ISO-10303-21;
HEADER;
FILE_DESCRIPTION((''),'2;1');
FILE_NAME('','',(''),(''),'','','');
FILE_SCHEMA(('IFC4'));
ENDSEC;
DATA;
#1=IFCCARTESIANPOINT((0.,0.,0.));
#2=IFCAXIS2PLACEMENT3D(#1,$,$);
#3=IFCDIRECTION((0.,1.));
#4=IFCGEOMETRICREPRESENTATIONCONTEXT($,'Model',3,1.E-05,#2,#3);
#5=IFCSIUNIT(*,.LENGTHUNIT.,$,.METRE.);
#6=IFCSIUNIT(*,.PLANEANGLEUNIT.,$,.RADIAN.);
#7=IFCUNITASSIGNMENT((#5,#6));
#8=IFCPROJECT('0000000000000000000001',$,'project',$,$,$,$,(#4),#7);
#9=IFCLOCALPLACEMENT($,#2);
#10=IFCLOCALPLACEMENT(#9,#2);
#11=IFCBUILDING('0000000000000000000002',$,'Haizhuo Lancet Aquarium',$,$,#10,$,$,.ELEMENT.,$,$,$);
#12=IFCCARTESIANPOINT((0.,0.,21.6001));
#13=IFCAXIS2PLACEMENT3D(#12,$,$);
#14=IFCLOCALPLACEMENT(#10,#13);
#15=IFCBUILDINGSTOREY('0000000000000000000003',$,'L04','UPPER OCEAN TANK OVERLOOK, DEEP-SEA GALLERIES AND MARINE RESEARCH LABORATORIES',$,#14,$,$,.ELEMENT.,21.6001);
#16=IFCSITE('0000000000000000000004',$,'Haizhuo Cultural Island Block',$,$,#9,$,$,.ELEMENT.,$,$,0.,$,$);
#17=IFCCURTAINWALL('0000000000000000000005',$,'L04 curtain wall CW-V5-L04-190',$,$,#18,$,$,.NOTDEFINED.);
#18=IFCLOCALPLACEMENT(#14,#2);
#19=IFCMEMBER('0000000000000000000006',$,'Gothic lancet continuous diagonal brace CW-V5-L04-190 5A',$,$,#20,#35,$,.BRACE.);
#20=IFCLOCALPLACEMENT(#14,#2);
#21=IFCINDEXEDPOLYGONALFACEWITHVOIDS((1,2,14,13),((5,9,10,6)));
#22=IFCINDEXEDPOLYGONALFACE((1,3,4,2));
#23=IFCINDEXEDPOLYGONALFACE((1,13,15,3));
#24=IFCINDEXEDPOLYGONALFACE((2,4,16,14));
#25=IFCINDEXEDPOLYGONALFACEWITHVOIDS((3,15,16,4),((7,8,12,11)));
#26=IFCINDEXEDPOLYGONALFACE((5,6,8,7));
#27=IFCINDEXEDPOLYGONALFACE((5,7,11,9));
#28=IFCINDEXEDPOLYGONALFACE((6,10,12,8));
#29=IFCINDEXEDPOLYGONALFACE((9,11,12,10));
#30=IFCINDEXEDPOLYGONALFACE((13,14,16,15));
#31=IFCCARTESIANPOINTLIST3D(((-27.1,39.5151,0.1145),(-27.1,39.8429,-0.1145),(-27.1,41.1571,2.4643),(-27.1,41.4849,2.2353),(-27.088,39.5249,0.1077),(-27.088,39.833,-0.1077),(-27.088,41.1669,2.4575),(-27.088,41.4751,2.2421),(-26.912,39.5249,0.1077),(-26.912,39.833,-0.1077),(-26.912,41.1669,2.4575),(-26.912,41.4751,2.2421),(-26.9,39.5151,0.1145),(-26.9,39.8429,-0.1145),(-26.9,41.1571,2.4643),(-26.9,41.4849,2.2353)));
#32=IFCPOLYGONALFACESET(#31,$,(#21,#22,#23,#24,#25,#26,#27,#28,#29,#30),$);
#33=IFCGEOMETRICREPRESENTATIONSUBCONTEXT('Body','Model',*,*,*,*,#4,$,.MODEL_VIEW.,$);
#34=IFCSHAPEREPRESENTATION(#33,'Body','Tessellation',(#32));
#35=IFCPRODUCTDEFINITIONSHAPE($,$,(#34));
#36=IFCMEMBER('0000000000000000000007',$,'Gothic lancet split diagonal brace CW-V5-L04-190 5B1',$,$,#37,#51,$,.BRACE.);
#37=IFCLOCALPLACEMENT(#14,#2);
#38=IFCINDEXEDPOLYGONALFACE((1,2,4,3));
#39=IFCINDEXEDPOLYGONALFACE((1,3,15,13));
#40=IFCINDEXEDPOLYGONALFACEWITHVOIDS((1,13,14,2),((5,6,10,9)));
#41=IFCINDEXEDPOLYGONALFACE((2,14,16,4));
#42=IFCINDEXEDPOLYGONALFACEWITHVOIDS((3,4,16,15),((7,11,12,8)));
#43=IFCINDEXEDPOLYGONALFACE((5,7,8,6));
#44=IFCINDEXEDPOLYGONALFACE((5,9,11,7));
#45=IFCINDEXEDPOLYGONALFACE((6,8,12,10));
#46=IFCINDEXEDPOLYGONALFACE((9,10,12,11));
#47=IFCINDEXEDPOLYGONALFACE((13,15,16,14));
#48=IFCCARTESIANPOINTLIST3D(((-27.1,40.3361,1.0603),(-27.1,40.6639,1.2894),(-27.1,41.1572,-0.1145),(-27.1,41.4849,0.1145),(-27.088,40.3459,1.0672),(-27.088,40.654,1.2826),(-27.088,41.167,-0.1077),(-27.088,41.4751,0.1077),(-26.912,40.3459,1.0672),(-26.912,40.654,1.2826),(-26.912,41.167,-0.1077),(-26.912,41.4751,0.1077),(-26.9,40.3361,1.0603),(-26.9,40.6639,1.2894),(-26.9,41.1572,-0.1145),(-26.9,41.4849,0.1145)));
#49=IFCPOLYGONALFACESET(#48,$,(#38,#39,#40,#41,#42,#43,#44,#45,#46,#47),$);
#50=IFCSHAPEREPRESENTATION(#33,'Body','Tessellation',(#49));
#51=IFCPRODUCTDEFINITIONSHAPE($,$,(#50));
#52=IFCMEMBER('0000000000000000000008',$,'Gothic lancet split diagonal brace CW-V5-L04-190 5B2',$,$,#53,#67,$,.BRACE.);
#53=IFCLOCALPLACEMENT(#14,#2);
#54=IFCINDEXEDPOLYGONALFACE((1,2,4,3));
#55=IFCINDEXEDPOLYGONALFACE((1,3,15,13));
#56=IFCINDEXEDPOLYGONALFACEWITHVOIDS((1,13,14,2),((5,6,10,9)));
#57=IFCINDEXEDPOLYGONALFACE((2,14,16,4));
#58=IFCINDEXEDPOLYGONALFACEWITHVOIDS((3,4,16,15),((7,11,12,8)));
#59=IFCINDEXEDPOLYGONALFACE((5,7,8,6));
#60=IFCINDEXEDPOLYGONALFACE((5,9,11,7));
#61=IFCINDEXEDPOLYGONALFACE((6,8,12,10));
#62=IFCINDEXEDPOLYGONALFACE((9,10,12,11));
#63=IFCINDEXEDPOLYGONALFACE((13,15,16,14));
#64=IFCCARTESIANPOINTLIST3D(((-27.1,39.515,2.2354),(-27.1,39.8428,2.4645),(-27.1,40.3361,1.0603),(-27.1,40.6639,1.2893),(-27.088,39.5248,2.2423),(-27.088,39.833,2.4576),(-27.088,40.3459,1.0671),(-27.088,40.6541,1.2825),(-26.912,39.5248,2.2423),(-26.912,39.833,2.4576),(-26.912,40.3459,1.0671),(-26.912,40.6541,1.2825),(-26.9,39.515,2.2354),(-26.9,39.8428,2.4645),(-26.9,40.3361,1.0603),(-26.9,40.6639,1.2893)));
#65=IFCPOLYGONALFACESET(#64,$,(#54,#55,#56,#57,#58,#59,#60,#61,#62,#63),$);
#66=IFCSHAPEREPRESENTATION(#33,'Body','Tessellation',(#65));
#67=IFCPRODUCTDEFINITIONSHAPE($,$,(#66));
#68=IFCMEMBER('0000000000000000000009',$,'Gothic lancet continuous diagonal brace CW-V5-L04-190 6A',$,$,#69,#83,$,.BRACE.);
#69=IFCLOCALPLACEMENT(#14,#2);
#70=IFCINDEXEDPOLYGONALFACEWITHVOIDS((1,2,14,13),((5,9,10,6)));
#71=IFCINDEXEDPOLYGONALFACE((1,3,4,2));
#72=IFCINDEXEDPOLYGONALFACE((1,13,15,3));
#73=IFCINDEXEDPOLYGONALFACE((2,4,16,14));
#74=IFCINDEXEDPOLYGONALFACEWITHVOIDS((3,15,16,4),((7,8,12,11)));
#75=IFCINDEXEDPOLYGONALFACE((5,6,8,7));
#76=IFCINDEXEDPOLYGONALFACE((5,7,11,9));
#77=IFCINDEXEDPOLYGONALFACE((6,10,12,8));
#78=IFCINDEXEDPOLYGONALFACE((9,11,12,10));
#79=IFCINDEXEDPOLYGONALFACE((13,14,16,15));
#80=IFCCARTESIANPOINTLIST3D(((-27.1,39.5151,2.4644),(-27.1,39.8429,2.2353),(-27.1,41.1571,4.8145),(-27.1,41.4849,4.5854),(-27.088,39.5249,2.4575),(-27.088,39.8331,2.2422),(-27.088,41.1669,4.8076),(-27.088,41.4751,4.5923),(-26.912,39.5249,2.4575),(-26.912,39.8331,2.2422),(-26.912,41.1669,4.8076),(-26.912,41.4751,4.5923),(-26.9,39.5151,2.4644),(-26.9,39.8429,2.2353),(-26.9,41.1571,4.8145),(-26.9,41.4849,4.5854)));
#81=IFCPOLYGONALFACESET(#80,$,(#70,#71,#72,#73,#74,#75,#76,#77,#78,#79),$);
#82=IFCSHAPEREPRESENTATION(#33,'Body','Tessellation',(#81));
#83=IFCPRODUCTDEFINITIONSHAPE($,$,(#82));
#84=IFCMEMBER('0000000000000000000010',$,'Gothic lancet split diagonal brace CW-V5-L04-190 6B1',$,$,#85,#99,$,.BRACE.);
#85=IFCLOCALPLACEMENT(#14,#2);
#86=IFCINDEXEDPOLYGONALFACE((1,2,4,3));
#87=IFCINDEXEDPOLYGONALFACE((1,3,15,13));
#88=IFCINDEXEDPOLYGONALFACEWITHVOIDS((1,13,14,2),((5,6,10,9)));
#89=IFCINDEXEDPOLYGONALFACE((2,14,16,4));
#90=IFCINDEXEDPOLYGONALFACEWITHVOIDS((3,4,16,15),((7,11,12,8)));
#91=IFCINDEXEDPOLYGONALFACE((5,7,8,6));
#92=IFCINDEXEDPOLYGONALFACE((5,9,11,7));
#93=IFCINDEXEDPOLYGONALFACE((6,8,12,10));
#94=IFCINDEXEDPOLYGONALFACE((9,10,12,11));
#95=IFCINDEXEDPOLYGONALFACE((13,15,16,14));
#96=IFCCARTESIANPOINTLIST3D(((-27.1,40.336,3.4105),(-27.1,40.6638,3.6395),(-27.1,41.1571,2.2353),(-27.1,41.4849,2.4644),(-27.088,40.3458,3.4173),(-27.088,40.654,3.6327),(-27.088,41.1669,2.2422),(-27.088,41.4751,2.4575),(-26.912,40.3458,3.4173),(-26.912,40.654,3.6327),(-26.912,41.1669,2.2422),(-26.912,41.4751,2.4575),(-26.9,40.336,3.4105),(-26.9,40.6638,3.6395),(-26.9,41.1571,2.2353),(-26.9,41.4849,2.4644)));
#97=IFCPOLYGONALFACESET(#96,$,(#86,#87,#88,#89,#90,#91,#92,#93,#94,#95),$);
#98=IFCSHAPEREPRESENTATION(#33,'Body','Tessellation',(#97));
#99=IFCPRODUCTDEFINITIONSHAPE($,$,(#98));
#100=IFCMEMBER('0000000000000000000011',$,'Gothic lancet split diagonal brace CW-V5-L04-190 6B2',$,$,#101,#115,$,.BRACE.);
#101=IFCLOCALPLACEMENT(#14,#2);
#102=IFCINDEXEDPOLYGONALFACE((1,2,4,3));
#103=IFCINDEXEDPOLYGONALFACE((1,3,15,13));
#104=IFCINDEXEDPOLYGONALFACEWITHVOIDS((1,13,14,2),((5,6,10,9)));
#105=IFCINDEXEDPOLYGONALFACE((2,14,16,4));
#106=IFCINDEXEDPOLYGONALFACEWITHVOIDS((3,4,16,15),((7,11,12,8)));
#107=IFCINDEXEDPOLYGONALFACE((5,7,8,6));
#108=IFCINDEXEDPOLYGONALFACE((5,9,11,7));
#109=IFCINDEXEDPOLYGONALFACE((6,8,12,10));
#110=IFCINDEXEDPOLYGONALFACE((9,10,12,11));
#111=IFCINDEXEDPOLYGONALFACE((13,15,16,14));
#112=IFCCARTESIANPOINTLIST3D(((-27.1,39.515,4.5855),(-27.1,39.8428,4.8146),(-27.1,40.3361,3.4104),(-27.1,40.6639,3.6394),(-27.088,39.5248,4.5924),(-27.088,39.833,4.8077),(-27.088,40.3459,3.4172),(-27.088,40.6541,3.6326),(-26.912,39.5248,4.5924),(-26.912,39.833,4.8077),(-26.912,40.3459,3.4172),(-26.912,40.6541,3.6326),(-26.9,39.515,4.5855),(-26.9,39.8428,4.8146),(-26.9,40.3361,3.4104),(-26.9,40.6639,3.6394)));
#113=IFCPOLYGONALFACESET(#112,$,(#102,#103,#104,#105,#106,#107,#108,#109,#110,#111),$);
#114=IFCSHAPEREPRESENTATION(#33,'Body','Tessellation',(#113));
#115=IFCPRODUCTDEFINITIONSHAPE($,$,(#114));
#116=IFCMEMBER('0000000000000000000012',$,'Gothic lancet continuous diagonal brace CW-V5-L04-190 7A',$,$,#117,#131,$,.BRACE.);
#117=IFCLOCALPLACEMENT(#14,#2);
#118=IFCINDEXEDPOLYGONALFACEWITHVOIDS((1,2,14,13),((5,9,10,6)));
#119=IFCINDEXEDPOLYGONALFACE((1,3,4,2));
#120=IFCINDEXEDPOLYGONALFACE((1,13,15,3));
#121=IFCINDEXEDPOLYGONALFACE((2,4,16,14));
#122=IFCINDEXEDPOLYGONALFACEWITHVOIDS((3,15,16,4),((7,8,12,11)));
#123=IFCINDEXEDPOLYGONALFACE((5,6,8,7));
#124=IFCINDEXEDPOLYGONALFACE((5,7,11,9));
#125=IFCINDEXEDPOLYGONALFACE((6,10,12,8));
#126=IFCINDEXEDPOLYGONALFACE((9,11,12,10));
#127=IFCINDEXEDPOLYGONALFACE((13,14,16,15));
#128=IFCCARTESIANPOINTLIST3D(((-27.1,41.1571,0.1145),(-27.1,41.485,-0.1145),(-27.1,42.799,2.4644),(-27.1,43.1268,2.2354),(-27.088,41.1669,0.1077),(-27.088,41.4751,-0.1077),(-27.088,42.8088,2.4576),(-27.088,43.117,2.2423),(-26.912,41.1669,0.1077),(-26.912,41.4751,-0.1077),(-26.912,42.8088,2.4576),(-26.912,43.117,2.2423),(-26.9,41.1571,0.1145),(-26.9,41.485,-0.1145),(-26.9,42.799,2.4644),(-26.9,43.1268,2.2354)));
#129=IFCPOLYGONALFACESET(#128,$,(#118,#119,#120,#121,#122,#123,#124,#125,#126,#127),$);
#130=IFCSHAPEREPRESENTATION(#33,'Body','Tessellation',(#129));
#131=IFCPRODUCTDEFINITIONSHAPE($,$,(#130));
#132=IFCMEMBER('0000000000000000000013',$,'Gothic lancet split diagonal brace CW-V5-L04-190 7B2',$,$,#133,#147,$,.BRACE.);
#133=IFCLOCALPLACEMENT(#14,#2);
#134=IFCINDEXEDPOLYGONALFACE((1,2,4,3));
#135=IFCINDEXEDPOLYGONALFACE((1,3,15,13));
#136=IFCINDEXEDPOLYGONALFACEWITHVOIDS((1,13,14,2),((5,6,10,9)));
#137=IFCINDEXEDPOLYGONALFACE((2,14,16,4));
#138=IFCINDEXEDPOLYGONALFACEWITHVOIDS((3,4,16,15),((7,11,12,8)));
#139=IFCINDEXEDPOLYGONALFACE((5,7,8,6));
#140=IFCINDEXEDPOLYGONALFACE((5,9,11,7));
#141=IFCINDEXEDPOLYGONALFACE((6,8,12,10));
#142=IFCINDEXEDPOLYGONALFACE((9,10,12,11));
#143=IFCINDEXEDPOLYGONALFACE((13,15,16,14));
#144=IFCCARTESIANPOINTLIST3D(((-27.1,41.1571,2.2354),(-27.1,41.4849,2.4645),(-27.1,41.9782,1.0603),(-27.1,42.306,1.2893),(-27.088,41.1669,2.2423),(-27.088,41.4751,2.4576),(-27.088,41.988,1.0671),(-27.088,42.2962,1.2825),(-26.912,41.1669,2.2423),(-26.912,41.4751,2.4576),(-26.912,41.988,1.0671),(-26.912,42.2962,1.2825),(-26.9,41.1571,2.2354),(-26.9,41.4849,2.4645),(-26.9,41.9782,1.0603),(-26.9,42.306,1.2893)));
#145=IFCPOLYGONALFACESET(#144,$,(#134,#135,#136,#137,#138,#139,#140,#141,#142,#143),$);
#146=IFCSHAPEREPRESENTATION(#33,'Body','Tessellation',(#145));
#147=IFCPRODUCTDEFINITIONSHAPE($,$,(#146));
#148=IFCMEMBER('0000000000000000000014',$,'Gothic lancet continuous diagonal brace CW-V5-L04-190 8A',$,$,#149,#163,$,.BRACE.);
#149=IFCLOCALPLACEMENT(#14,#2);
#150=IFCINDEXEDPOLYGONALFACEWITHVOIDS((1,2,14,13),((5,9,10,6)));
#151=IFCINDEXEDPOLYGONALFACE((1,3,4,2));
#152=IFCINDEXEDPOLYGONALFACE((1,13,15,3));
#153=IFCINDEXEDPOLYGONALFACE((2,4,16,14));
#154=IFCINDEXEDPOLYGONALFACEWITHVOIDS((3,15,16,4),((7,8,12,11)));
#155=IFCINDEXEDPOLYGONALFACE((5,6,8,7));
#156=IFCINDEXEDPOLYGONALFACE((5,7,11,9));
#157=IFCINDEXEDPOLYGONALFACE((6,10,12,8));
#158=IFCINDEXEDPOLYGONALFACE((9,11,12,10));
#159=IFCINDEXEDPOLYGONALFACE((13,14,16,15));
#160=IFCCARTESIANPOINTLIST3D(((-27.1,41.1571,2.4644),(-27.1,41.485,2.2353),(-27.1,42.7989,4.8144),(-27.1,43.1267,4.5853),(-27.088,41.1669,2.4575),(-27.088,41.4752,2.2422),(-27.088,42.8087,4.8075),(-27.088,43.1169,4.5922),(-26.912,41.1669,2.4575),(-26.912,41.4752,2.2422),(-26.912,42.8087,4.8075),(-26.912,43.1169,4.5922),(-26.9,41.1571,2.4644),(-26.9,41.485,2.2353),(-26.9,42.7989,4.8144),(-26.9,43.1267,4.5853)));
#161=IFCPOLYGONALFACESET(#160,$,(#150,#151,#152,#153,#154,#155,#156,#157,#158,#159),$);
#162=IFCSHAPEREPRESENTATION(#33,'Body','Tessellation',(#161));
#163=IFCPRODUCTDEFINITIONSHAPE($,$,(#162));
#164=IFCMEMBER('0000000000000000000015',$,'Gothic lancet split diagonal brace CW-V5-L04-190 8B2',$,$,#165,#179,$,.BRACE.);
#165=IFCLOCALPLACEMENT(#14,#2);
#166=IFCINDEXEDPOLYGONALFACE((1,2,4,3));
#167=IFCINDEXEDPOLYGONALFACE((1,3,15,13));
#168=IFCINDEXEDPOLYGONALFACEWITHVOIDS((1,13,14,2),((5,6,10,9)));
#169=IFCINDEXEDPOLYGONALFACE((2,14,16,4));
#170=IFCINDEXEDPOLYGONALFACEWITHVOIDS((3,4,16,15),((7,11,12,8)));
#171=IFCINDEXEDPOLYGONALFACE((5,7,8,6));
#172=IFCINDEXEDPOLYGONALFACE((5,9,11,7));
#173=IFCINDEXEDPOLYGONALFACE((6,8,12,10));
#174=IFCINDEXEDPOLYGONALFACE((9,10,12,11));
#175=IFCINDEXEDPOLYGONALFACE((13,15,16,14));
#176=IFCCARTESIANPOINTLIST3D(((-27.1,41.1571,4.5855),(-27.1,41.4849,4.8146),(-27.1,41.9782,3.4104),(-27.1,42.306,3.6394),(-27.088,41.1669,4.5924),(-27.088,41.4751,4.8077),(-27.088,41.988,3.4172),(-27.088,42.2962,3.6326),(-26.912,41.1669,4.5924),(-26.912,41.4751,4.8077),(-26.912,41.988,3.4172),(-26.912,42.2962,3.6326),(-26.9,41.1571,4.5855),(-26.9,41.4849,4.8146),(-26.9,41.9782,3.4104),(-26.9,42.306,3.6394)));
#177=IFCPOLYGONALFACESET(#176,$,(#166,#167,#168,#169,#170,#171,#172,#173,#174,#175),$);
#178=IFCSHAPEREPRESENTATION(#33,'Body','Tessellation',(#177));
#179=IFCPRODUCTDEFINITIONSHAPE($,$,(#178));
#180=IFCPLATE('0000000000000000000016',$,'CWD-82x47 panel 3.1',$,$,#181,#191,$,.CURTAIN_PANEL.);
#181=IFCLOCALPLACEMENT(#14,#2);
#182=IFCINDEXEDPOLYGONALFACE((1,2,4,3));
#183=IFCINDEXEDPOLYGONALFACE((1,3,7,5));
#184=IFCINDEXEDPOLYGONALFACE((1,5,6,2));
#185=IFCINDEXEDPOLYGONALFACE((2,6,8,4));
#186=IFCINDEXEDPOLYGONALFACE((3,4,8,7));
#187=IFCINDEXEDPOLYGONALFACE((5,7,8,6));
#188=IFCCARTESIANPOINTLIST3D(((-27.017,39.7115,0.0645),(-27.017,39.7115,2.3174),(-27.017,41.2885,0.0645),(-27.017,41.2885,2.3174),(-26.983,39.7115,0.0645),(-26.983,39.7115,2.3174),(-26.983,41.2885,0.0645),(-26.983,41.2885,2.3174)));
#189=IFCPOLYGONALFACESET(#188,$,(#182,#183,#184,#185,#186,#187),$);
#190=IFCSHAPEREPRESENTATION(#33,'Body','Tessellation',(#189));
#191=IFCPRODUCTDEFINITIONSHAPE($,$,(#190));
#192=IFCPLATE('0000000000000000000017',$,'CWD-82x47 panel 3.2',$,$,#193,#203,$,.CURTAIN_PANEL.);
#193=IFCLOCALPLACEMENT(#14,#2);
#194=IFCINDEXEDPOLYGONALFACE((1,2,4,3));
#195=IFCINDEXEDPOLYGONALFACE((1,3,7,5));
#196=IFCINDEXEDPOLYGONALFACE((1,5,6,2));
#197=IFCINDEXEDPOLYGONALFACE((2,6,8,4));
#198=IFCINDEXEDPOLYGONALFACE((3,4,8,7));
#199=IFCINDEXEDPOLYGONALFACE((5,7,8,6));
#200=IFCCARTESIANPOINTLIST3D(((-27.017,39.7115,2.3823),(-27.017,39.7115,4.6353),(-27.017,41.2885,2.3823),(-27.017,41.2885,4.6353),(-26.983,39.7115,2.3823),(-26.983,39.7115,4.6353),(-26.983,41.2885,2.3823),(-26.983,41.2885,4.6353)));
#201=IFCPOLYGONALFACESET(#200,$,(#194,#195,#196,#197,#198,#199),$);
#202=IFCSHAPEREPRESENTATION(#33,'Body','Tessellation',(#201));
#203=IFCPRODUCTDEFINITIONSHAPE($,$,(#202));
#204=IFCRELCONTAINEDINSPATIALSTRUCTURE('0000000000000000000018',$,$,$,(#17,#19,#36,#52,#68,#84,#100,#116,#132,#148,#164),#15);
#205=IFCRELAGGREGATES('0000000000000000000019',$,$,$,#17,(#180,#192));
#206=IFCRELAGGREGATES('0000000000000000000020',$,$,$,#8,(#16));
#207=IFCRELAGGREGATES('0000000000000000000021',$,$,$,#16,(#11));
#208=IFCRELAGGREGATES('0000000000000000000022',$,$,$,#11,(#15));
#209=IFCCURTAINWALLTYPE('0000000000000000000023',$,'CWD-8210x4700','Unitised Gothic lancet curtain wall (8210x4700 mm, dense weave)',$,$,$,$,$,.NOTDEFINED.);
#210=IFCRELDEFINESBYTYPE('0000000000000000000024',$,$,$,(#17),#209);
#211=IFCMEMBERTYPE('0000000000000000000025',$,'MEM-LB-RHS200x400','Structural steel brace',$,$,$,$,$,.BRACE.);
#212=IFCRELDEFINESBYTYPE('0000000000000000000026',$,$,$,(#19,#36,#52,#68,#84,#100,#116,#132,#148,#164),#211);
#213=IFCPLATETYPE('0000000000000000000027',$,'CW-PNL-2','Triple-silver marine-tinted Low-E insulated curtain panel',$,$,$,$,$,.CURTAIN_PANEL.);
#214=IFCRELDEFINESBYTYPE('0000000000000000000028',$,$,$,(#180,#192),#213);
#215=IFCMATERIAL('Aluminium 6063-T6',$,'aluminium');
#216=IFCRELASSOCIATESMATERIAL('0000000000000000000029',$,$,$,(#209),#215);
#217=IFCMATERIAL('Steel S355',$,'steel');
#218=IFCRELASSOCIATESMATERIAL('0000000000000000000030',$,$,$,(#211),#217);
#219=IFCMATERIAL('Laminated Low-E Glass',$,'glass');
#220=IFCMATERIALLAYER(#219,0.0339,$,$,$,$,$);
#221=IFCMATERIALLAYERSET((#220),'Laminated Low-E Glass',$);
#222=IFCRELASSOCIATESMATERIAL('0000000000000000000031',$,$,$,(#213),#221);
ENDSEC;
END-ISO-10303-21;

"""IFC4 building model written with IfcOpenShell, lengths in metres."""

from ifc_helpers import new_model, si_unit, direction, frame, origin, origin_2d, place, context, subcontext, project, spatial, rectangle, hollow_rectangle, extrude, material, layer, layer_set, material_profile, profile_set, type_object, element, aggregate, save


model = new_model("IFC4")

# Units and contexts
model_context = context("Model", 3, precision=1e-05, world=origin(), true_north=direction((0.0, 1.0)))
body_context = subcontext(model_context, "Body", "Model", "MODEL_VIEW")
ifc_project = project(units=[si_unit("LENGTHUNIT", "METRE"), si_unit("PLANEANGLEUNIT", "RADIAN")], contexts=[model_context])

# Site, building, storey
site_placement = place(None, origin())
site = spatial("IfcSite", under=ifc_project, at=site_placement, Name="Haizhuo Cultural Island Block", CompositionType="ELEMENT", RefElevation=0.0)
building_placement = place(site_placement, origin())
building = spatial("IfcBuilding", under=site, at=building_placement, Name="Haizhuo Lancet Aquarium", CompositionType="ELEMENT")
storey_placement = place(building_placement, frame((0.0, 0.0, 21.6001)))
storey = spatial("IfcBuildingStorey", under=building, at=storey_placement, Name="L04", Description="UPPER OCEAN TANK OVERLOOK, DEEP-SEA GALLERIES AND MARINE RESEARCH LABORATORIES", CompositionType="ELEMENT", Elevation=21.6001)

# Curtain wall
ifc_material_1 = material(Name="Aluminium 6063-T6", Category="aluminium")
curtain_wall_type = type_object("IfcCurtainWallType", Name="CWD-8210x4700", Description="Unitised Gothic lancet curtain wall (8210x4700 mm, dense weave)", PredefinedType="NOTDEFINED", material=ifc_material_1)
curtain_wall_placement = place(storey_placement, origin())
curtain_wall = element("IfcCurtainWall", 1, at=curtain_wall_placement, inside=storey, type_object=curtain_wall_type, Name="L04 curtain wall CW-V5-L04-190", PredefinedType="NOTDEFINED")

# Members
ifc_material_2 = material(Name="Steel S355", Category="steel")
ifc_material_profile_1 = material_profile(ifc_material_2, hollow_rectangle(XDim=0.2, YDim=0.3999, WallThickness=0.012, at=origin_2d()), Name="RHS 200x400x12")
ifc_profile_set_1 = profile_set([ifc_material_profile_1], Name="Steel S355")
member_type_1 = type_object("IfcMemberType", Name="MEM-LB-RHS200x400", Description="Structural steel brace", PredefinedType="BRACE", material=ifc_profile_set_1)
member_1_placement = place(storey_placement, frame((-27.0, 39.679, 0.0), z_axis=(0.0, 0.572805, 0.819692), x_axis=(-1.0, 0.0, 0.0)))
element("IfcMember", 2, at=member_1_placement, inside=storey, type_object=member_type_1, Name="Gothic lancet continuous diagonal brace CW-V5-L04-190 5A", PredefinedType="BRACE", context=body_context, shape_type="SweptSolid", body=[
    extrude(hollow_rectangle(XDim=0.2, YDim=0.3999, WallThickness=0.012, at=origin_2d()), origin(), (0.0, 0.0, 1.0), 2.8667),
])
member_2_placement = place(storey_placement, frame((-27.0, 41.321, 0.0), z_axis=(0.0, -0.572845, 0.819664), x_axis=(1.0, 0.0, 0.0)))
element("IfcMember", 3, at=member_2_placement, inside=storey, type_object=member_type_1, Name="Gothic lancet split diagonal brace CW-V5-L04-190 5B1", PredefinedType="BRACE", context=body_context, shape_type="SweptSolid", body=[
    extrude(hollow_rectangle(XDim=0.2, YDim=0.3999, WallThickness=0.012, at=origin_2d()), origin(), (0.0, 0.0, 1.0), 1.4333),
])
member_3_placement = place(storey_placement, frame((-27.0, 40.5, 1.1748), z_axis=(0.0, -0.572765, 0.81972), x_axis=(1.0, 0.0, 0.0)))
element("IfcMember", 4, at=member_3_placement, inside=storey, type_object=member_type_1, Name="Gothic lancet split diagonal brace CW-V5-L04-190 5B2", PredefinedType="BRACE", context=body_context, shape_type="SweptSolid", body=[
    extrude(hollow_rectangle(XDim=0.2, YDim=0.3999, WallThickness=0.012, at=origin_2d()), origin(), (0.0, 0.0, 1.0), 1.4336),
])
member_4_placement = place(storey_placement, frame((-27.0, 39.679, 2.3499), z_axis=(0.0, 0.572765, 0.81972), x_axis=(-1.0, 0.0, 0.0)))
element("IfcMember", 5, at=member_4_placement, inside=storey, type_object=member_type_1, Name="Gothic lancet continuous diagonal brace CW-V5-L04-190 6A", PredefinedType="BRACE", context=body_context, shape_type="SweptSolid", body=[
    extrude(hollow_rectangle(XDim=0.2, YDim=0.3999, WallThickness=0.012, at=origin_2d()), origin(), (0.0, 0.0, 1.0), 2.8669),
])
for number, where, z_axis, x_axis, name in (
    (6, (-27.0, 41.321, 2.3499), (0.0, -0.572765, 0.81972), (1.0, 0.0, 0.0), "Gothic lancet split diagonal brace CW-V5-L04-190 6B1"),
    (7, (-27.0, 40.5, 3.5249), (0.0, -0.572765, 0.81972), (1.0, 0.0, 0.0), "Gothic lancet split diagonal brace CW-V5-L04-190 6B2"),
):
    element("IfcMember", number, at=place(storey_placement, frame(where, z_axis=z_axis, x_axis=x_axis)), inside=storey, type_object=member_type_1, Name=name, PredefinedType="BRACE", context=body_context, shape_type="SweptSolid", body=[
        extrude(hollow_rectangle(XDim=0.2, YDim=0.3999, WallThickness=0.012, at=origin_2d()), origin(), (0.0, 0.0, 1.0), 1.4336),
    ])
member_5_placement = place(storey_placement, frame((-27.0, 41.321, 0.0), z_axis=(0.0, 0.572748, 0.819732), x_axis=(-1.0, 0.0, 0.0)))
element("IfcMember", 8, at=member_5_placement, inside=storey, type_object=member_type_1, Name="Gothic lancet continuous diagonal brace CW-V5-L04-190 7A", PredefinedType="BRACE", context=body_context, shape_type="SweptSolid", body=[
    extrude(hollow_rectangle(XDim=0.2, YDim=0.3999, WallThickness=0.012, at=origin_2d()), origin(), (0.0, 0.0, 1.0), 2.8667),
])
member_6_placement = place(storey_placement, frame((-27.0, 42.1421, 1.1748), z_axis=(0.0, -0.572765, 0.81972), x_axis=(1.0, 0.0, 0.0)))
element("IfcMember", 9, at=member_6_placement, inside=storey, type_object=member_type_1, Name="Gothic lancet split diagonal brace CW-V5-L04-190 7B2", PredefinedType="BRACE", context=body_context, shape_type="SweptSolid", body=[
    extrude(hollow_rectangle(XDim=0.2, YDim=0.3999, WallThickness=0.012, at=origin_2d()), origin(), (0.0, 0.0, 1.0), 1.4336),
])
member_7_placement = place(storey_placement, frame((-27.0, 41.321, 2.3499), z_axis=(0.0, 0.572708, 0.81976), x_axis=(-1.0, 0.0, 0.0)))
element("IfcMember", 10, at=member_7_placement, inside=storey, type_object=member_type_1, Name="Gothic lancet continuous diagonal brace CW-V5-L04-190 8A", PredefinedType="BRACE", context=body_context, shape_type="SweptSolid", body=[
    extrude(hollow_rectangle(XDim=0.2, YDim=0.3999, WallThickness=0.012, at=origin_2d()), origin(), (0.0, 0.0, 1.0), 2.8667),
])
member_8_placement = place(storey_placement, frame((-27.0, 42.1421, 3.5249), z_axis=(0.0, -0.572765, 0.81972), x_axis=(1.0, 0.0, 0.0)))
element("IfcMember", 11, at=member_8_placement, inside=storey, type_object=member_type_1, Name="Gothic lancet split diagonal brace CW-V5-L04-190 8B2", PredefinedType="BRACE", context=body_context, shape_type="SweptSolid", body=[
    extrude(hollow_rectangle(XDim=0.2, YDim=0.3999, WallThickness=0.012, at=origin_2d()), origin(), (0.0, 0.0, 1.0), 1.4336),
])

# Plates
ifc_material_3 = material(Name="Laminated Low-E Glass", Category="glass")
ifc_layer = layer(ifc_material_3, 0.0339)
ifc_layer_set = layer_set([ifc_layer], Name="Laminated Low-E Glass")
plate_type = type_object("IfcPlateType", Name="CW-PNL-2", Description="Triple-silver marine-tinted Low-E insulated curtain panel", PredefinedType="CURTAIN_PANEL", material=ifc_layer_set)
plate_1_placement = place(storey_placement, frame((-27.0, 40.5, 0.0645), z_axis=(0.0, 0.0, 1.0), x_axis=(0.0, 1.0, 0.0)))
plate_1 = element("IfcPlate", 12, at=plate_1_placement, type_object=plate_type, Name="CWD-82x47 panel 3.1", PredefinedType="CURTAIN_PANEL", context=body_context, shape_type="SweptSolid", body=[
    extrude(rectangle(XDim=1.5769, YDim=0.0339, at=origin_2d()), origin(), (0.0, 0.0, 1.0), 2.2529),
])
plate_2_placement = place(storey_placement, frame((-27.0, 40.5, 2.3823), z_axis=(0.0, 0.0, 1.0), x_axis=(0.0, 1.0, 0.0)))
plate_2 = element("IfcPlate", 13, at=plate_2_placement, type_object=plate_type, Name="CWD-82x47 panel 3.2", PredefinedType="CURTAIN_PANEL", context=body_context, shape_type="SweptSolid", body=[
    extrude(rectangle(XDim=1.5769, YDim=0.0339, at=origin_2d()), origin(), (0.0, 0.0, 1.0), 2.2529),
])
aggregate(curtain_wall, [plate_1, plate_2])

save(model, "model.ifc")
